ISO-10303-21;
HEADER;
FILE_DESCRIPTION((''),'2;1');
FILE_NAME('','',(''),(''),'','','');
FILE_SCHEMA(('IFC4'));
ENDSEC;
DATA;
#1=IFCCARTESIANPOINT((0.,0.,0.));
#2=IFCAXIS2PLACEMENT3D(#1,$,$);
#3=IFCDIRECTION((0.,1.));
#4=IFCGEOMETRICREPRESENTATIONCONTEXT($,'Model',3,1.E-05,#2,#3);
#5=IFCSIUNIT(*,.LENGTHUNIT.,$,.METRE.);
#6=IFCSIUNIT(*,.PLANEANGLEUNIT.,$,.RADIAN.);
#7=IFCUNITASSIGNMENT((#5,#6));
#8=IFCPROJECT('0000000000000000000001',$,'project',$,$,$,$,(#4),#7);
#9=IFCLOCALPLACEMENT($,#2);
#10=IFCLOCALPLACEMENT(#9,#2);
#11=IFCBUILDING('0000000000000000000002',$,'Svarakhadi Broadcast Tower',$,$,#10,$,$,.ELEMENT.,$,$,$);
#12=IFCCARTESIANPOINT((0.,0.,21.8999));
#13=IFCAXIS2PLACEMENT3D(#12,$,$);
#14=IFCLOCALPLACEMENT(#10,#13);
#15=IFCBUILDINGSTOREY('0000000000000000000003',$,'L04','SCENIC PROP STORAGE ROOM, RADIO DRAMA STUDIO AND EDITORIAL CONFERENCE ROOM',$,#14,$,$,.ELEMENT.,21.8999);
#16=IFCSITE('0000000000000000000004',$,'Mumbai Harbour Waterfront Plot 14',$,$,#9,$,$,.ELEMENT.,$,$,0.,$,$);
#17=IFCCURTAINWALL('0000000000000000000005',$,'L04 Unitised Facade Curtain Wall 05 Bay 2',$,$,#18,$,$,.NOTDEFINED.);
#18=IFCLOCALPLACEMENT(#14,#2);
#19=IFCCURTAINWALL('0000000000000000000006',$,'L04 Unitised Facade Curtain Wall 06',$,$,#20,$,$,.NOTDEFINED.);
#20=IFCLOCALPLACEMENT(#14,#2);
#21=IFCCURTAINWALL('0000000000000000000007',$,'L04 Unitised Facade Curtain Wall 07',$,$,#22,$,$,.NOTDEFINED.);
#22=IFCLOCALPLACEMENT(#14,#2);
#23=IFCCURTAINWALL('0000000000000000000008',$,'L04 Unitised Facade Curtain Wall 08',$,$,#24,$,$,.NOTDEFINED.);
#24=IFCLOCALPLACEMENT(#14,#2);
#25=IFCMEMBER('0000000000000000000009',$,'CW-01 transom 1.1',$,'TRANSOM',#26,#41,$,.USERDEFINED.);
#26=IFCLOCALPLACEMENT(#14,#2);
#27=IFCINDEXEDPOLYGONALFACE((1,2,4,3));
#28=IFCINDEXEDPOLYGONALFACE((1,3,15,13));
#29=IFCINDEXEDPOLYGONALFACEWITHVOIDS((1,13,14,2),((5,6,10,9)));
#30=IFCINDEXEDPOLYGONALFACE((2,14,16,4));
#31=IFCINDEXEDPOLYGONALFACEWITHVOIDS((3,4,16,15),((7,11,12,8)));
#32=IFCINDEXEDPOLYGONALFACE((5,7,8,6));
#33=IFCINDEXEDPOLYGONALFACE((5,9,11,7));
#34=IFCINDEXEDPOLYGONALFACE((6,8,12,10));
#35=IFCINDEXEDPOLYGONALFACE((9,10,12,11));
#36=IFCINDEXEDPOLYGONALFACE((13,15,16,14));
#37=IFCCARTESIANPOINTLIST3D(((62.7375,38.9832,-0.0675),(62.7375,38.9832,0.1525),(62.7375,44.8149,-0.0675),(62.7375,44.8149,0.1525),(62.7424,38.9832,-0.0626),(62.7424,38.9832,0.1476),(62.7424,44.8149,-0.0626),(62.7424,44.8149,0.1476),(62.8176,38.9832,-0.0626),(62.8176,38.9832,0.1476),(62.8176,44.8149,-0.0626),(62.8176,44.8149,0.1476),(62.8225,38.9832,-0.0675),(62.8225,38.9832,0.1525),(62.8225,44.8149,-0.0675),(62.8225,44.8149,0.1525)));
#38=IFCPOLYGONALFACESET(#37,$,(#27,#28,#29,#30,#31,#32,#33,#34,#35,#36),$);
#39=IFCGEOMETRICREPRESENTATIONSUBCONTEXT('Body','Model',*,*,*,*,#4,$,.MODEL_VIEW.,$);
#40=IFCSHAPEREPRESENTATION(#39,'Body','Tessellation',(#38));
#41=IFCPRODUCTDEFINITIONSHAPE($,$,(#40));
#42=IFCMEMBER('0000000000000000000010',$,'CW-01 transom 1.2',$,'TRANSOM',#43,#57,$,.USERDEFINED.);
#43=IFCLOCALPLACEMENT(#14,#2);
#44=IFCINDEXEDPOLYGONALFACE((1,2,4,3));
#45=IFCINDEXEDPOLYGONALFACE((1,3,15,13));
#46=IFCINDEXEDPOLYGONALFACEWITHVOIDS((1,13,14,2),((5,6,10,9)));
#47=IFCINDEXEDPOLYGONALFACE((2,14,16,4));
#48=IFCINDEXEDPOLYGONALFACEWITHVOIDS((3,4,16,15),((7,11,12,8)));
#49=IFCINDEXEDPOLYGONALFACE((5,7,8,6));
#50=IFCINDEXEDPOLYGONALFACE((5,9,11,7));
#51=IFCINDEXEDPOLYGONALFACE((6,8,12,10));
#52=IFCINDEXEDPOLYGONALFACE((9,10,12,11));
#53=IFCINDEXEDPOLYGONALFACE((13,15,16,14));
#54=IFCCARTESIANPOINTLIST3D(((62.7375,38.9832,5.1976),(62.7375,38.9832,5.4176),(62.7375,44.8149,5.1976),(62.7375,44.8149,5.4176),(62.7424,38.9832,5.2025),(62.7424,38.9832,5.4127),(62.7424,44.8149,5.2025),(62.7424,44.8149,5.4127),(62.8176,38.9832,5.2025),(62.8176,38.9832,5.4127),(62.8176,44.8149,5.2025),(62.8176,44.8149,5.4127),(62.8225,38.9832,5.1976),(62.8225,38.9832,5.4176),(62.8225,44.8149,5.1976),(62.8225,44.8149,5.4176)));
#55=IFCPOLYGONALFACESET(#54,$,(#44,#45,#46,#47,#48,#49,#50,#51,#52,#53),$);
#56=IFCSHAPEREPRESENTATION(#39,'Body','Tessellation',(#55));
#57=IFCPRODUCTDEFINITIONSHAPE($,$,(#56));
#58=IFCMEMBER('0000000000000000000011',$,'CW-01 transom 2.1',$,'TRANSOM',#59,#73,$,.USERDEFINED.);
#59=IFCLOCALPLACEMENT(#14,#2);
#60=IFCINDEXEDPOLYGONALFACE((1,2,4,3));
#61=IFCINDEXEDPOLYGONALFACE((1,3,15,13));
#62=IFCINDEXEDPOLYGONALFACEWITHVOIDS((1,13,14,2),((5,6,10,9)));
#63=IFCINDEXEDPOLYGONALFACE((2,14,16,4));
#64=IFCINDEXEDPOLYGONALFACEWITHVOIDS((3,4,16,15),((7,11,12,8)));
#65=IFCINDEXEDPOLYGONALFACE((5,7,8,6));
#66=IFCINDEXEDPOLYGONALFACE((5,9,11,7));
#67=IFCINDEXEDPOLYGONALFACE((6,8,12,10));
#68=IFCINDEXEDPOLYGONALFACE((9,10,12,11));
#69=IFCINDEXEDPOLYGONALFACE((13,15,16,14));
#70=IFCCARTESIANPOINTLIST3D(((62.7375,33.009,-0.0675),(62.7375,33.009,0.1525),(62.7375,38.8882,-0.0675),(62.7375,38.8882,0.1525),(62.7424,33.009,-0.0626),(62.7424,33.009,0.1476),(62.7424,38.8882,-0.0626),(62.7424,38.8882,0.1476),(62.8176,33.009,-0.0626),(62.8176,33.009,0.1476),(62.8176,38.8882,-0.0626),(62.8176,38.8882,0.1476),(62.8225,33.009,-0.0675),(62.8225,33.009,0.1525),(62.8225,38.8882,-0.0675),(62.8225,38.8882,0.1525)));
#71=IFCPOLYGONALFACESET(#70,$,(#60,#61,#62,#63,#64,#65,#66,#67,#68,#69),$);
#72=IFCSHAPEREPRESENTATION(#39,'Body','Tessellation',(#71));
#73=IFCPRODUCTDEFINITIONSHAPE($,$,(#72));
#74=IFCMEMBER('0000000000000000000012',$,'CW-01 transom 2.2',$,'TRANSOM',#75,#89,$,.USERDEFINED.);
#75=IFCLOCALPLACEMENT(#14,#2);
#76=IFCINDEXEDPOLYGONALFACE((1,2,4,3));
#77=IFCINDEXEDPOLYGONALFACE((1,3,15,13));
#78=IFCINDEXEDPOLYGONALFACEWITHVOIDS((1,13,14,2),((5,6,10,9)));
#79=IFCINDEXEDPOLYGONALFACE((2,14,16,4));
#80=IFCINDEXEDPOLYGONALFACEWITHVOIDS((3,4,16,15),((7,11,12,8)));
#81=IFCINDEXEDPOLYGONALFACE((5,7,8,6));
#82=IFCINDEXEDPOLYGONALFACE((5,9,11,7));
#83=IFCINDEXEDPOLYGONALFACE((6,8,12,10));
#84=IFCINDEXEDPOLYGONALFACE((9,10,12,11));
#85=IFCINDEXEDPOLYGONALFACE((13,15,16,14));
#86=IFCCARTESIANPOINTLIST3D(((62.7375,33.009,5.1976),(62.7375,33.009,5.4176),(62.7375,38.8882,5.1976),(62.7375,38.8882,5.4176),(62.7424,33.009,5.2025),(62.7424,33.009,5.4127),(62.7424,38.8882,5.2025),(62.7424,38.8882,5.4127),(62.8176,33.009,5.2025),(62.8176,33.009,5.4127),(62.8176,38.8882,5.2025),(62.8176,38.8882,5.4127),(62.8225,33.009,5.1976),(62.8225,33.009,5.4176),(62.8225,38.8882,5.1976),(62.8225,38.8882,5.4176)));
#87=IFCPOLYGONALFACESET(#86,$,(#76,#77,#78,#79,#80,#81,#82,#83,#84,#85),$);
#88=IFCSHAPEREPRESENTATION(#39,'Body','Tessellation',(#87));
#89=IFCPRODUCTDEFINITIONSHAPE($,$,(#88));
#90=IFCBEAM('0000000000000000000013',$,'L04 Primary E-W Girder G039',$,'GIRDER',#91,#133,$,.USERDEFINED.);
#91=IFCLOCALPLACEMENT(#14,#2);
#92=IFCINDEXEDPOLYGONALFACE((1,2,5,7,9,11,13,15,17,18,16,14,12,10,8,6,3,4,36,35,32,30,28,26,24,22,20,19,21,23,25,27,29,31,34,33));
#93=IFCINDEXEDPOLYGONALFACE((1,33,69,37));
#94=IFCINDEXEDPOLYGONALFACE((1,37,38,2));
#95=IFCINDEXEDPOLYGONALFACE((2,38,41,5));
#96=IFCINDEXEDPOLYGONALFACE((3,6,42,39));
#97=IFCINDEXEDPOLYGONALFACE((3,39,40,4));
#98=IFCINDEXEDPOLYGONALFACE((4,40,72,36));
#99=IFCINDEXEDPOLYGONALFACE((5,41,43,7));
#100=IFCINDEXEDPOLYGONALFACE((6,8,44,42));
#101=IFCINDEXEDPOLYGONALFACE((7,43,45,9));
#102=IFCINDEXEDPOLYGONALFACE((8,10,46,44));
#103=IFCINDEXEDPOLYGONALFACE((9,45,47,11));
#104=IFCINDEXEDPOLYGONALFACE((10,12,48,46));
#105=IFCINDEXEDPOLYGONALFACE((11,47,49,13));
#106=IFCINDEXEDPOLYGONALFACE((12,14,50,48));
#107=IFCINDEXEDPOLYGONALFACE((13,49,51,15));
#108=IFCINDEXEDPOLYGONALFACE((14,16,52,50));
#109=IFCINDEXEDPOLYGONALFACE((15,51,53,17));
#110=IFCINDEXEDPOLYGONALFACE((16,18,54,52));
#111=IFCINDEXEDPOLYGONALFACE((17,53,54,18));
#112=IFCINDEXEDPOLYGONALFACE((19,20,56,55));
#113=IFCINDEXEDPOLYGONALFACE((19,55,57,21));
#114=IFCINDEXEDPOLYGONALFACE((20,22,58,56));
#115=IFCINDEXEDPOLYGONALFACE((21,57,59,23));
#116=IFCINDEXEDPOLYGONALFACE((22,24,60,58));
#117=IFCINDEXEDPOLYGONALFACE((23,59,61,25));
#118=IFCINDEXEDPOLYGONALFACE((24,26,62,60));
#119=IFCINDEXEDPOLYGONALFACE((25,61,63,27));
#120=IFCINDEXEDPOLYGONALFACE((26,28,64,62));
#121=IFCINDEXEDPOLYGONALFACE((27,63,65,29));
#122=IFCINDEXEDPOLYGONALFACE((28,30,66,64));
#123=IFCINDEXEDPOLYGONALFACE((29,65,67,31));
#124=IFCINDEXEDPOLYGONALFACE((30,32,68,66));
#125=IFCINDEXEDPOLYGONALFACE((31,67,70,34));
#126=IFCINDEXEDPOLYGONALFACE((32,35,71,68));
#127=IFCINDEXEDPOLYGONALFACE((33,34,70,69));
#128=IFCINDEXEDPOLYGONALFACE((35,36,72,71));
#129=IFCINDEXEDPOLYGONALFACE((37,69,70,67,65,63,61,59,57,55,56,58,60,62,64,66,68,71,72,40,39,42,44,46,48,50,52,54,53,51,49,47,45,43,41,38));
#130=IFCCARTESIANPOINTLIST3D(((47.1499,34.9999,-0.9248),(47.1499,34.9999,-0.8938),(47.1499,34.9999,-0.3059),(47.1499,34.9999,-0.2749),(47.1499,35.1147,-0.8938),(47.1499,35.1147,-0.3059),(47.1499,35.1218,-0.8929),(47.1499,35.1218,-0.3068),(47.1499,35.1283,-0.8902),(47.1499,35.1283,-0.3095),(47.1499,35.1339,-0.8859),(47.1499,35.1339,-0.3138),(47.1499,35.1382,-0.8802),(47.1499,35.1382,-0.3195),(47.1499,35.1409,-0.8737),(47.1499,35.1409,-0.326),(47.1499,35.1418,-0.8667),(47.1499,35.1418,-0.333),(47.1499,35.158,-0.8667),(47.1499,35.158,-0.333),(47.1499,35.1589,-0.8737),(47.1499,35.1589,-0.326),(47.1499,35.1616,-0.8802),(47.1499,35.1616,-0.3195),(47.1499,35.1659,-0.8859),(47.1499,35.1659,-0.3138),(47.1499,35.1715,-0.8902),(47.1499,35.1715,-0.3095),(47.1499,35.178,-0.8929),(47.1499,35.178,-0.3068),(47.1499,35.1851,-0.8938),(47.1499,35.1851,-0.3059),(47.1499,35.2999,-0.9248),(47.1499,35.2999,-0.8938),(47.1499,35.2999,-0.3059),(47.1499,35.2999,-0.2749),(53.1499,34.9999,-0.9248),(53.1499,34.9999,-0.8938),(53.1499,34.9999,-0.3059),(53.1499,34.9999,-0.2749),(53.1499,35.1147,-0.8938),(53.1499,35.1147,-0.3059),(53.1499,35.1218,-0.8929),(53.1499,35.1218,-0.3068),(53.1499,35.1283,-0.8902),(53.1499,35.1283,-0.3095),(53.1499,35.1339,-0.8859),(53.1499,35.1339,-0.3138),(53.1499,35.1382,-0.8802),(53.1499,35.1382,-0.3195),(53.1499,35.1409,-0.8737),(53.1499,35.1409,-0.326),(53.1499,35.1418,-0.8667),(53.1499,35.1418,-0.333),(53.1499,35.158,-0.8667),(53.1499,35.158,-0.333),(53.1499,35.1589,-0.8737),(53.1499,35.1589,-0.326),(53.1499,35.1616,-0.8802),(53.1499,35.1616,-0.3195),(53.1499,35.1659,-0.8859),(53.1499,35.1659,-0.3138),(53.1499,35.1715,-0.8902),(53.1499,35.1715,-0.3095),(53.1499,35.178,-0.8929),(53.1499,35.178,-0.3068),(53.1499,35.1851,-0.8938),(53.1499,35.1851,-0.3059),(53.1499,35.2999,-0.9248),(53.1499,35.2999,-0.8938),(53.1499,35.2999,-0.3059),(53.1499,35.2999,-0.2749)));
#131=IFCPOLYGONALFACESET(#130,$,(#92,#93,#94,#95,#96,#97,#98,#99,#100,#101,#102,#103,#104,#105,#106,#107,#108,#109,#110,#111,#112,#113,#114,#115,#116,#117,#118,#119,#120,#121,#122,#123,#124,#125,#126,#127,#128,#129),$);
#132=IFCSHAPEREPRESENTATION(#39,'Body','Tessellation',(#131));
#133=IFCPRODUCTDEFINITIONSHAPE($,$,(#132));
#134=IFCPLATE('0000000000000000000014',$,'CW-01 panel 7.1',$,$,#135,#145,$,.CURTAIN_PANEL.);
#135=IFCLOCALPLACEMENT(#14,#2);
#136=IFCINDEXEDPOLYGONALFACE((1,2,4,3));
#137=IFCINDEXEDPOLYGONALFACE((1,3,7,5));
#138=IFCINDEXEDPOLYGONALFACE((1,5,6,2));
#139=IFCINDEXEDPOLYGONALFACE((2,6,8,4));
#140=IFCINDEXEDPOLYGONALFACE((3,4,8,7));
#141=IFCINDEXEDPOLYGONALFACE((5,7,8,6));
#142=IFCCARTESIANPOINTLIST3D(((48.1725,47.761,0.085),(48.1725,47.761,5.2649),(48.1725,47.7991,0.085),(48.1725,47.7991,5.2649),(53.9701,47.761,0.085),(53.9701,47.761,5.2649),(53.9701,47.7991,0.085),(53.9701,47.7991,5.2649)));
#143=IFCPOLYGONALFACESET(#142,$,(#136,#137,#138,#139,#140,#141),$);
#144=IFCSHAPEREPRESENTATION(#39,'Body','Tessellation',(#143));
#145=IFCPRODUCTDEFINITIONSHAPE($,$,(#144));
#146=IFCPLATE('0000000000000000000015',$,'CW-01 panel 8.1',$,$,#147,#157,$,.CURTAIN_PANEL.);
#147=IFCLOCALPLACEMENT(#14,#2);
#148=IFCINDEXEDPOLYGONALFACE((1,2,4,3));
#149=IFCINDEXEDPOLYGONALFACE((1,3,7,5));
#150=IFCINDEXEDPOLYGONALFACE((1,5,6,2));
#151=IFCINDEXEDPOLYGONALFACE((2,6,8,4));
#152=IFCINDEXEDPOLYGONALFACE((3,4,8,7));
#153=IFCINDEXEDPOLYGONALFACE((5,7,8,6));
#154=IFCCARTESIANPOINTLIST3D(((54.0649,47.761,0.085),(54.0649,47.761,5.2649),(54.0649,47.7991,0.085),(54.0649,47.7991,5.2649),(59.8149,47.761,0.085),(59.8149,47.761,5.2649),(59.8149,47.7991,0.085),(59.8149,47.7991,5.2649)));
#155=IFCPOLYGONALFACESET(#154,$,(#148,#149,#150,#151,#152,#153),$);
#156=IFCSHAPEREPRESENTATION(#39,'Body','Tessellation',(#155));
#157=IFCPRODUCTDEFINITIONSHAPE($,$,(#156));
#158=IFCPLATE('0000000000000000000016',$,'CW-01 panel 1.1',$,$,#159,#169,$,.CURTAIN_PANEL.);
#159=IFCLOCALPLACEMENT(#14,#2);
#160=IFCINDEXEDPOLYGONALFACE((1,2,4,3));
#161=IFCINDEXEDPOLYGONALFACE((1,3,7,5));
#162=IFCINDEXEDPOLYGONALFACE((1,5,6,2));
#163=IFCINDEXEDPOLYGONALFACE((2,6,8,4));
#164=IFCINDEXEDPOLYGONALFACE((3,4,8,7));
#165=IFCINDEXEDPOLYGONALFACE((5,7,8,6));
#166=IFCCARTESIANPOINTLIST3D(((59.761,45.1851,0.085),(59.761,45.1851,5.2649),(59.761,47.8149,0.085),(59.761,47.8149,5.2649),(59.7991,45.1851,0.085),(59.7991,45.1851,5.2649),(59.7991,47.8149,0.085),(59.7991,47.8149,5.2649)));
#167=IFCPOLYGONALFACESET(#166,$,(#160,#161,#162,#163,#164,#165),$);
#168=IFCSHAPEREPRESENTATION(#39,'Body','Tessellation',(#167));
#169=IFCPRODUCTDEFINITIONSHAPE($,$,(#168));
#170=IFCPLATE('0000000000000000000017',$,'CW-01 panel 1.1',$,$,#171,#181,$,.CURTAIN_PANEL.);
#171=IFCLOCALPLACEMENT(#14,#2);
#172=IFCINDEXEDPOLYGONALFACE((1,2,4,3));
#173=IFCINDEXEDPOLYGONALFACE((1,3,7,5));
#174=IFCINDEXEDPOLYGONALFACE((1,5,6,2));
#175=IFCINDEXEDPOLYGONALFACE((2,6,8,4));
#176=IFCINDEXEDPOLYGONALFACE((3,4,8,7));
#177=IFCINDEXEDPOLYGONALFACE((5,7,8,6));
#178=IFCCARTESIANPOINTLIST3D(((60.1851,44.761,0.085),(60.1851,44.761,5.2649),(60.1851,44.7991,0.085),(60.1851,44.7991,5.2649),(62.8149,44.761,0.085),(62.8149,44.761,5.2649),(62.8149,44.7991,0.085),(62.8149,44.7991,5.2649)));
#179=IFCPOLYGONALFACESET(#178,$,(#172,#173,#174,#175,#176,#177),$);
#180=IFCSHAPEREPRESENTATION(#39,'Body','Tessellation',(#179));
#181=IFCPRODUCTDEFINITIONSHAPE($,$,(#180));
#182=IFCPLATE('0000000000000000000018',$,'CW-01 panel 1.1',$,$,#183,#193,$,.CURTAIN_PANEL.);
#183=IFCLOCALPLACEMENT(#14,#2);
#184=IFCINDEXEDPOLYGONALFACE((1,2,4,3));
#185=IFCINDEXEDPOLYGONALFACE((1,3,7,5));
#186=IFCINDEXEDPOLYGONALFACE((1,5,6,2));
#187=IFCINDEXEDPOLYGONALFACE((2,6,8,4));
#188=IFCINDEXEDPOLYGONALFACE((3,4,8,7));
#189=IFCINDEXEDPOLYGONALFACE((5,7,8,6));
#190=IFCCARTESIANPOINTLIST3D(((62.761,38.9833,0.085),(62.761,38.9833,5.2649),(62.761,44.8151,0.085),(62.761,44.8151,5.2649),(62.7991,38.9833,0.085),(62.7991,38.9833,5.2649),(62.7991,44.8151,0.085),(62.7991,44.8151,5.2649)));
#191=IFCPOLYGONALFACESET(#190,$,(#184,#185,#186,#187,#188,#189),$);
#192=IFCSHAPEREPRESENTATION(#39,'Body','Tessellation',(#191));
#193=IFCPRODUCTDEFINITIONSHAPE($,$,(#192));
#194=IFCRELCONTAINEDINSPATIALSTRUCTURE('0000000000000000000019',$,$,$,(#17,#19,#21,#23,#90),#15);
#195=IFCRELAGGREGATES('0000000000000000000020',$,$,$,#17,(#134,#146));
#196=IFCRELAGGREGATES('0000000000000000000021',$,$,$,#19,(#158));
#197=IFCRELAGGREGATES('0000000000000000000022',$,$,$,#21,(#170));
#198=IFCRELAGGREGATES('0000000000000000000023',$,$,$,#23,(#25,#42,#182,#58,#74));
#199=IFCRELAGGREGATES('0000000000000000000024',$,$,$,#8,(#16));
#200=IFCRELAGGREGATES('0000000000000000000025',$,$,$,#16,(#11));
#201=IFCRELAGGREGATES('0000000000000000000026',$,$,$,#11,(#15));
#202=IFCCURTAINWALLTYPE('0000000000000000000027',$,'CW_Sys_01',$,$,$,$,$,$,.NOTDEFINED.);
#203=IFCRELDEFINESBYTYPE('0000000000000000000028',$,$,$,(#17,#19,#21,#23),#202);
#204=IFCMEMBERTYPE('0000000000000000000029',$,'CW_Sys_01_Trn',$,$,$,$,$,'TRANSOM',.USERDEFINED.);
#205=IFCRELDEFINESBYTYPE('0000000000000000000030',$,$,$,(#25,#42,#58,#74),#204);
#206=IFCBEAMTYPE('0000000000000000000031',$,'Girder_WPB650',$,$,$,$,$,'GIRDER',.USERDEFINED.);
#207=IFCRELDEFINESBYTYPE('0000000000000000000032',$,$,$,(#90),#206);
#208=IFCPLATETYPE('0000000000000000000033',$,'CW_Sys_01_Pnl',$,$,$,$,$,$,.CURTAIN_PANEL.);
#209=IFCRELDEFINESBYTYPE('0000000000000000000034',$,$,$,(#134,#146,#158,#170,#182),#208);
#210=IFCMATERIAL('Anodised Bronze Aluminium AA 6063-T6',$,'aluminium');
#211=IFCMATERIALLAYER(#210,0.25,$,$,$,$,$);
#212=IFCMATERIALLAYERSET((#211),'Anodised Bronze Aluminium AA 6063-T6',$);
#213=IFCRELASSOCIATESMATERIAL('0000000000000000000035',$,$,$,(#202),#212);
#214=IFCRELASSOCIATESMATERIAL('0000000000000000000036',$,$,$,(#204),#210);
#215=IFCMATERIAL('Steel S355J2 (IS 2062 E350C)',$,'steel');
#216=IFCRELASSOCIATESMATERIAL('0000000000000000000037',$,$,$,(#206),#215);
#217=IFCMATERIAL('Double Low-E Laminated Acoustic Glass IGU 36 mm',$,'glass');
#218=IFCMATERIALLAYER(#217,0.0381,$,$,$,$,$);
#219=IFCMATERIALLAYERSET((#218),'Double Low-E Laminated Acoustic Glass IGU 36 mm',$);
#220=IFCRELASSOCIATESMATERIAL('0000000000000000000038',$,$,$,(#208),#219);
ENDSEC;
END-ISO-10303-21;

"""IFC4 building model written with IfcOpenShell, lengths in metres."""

from ifc_helpers import new_model, si_unit, direction, frame, origin, origin_2d, place, context, subcontext, project, spatial, rectangle, hollow_rectangle, i_section, extrude, material, layer, layer_set, material_profile, profile_set, type_object, element, aggregate, save


model = new_model("IFC4")

# Units and contexts
model_context = context("Model", 3, precision=1e-05, world=origin(), true_north=direction((0.0, 1.0)))
body_context = subcontext(model_context, "Body", "Model", "MODEL_VIEW")
ifc_project = project(units=[si_unit("LENGTHUNIT", "METRE"), si_unit("PLANEANGLEUNIT", "RADIAN")], contexts=[model_context])

# Site, building, storey
site_placement = place(None, origin())
site = spatial("IfcSite", under=ifc_project, at=site_placement, Name="Mumbai Harbour Waterfront Plot 14", CompositionType="ELEMENT", RefElevation=0.0)
building_placement = place(site_placement, origin())
building = spatial("IfcBuilding", under=site, at=building_placement, Name="Svarakhadi Broadcast Tower", CompositionType="ELEMENT")
storey_placement = place(building_placement, frame((0.0, 0.0, 21.8999)))
storey = spatial("IfcBuildingStorey", under=building, at=storey_placement, Name="L04", Description="SCENIC PROP STORAGE ROOM, RADIO DRAMA STUDIO AND EDITORIAL CONFERENCE ROOM", CompositionType="ELEMENT", Elevation=21.8999)

# Curtain walls
ifc_material_1 = material(Name="Anodised Bronze Aluminium AA 6063-T6", Category="aluminium")
ifc_layer_1 = layer(ifc_material_1, 0.25)
ifc_layer_set_1 = layer_set([ifc_layer_1], Name="Anodised Bronze Aluminium AA 6063-T6")
curtain_wall_type = type_object("IfcCurtainWallType", Name="CW_Sys_01", PredefinedType="NOTDEFINED", material=ifc_layer_set_1)
curtain_wall_1_placement = place(storey_placement, origin())
curtain_wall_1 = element("IfcCurtainWall", 1, at=curtain_wall_1_placement, inside=storey, type_object=curtain_wall_type, Name="L04 Unitised Facade Curtain Wall 05 Bay 2", PredefinedType="NOTDEFINED")
curtain_wall_2_placement = place(storey_placement, origin())
curtain_wall_2 = element("IfcCurtainWall", 2, at=curtain_wall_2_placement, inside=storey, type_object=curtain_wall_type, Name="L04 Unitised Facade Curtain Wall 06", PredefinedType="NOTDEFINED")
curtain_wall_3_placement = place(storey_placement, origin())
curtain_wall_3 = element("IfcCurtainWall", 3, at=curtain_wall_3_placement, inside=storey, type_object=curtain_wall_type, Name="L04 Unitised Facade Curtain Wall 07", PredefinedType="NOTDEFINED")
curtain_wall_4_placement = place(storey_placement, origin())
curtain_wall_4 = element("IfcCurtainWall", 4, at=curtain_wall_4_placement, inside=storey, type_object=curtain_wall_type, Name="L04 Unitised Facade Curtain Wall 08", PredefinedType="NOTDEFINED")

# Members
ifc_material_profile_1 = material_profile(ifc_material_1, hollow_rectangle(XDim=0.085, YDim=0.22, WallThickness=0.0049, at=origin_2d()), Name="ALU TRANSOM 220x85x5")
ifc_profile_set_1 = profile_set([ifc_material_profile_1], Name="Anodised Bronze Aluminium AA 6063-T6")
member_type_1 = type_object("IfcMemberType", Name="CW_Sys_01_Trn", ElementType="TRANSOM", PredefinedType="USERDEFINED", material=ifc_profile_set_1)
member_1_placement = place(storey_placement, frame((62.78, 44.8149, 0.0425), z_axis=(0.0, -1.0, 0.0), x_axis=(1.0, 0.0, 0.0)))
member_1 = element("IfcMember", 5, at=member_1_placement, type_object=member_type_1, Name="CW-01 transom 1.1", ObjectType="TRANSOM", PredefinedType="USERDEFINED", context=body_context, shape_type="SweptSolid", body=[
    extrude(hollow_rectangle(XDim=0.085, YDim=0.22, WallThickness=0.0049, at=origin_2d()), origin(), (0.0, 0.0, 1.0), 5.8318),
])
member_2_placement = place(storey_placement, frame((62.78, 44.8149, 5.3076), z_axis=(0.0, -1.0, 0.0), x_axis=(1.0, 0.0, 0.0)))
member_2 = element("IfcMember", 6, at=member_2_placement, type_object=member_type_1, Name="CW-01 transom 1.2", ObjectType="TRANSOM", PredefinedType="USERDEFINED", context=body_context, shape_type="SweptSolid", body=[
    extrude(hollow_rectangle(XDim=0.085, YDim=0.22, WallThickness=0.0049, at=origin_2d()), origin(), (0.0, 0.0, 1.0), 5.8318),
])
member_3_placement = place(storey_placement, frame((62.78, 38.8882, 0.0425), z_axis=(0.0, -1.0, 0.0), x_axis=(1.0, 0.0, 0.0)))
member_3 = element("IfcMember", 7, at=member_3_placement, type_object=member_type_1, Name="CW-01 transom 2.1", ObjectType="TRANSOM", PredefinedType="USERDEFINED", context=body_context, shape_type="SweptSolid", body=[
    extrude(hollow_rectangle(XDim=0.085, YDim=0.22, WallThickness=0.0049, at=origin_2d()), origin(), (0.0, 0.0, 1.0), 5.8792),
])
member_4_placement = place(storey_placement, frame((62.78, 38.8882, 5.3076), z_axis=(0.0, -1.0, 0.0), x_axis=(1.0, 0.0, 0.0)))
member_4 = element("IfcMember", 8, at=member_4_placement, type_object=member_type_1, Name="CW-01 transom 2.2", ObjectType="TRANSOM", PredefinedType="USERDEFINED", context=body_context, shape_type="SweptSolid", body=[
    extrude(hollow_rectangle(XDim=0.085, YDim=0.22, WallThickness=0.0049, at=origin_2d()), origin(), (0.0, 0.0, 1.0), 5.8792),
])

# Beam
ifc_material_2 = material(Name="Steel S355J2 (IS 2062 E350C)", Category="steel")
ifc_material_profile_2 = material_profile(ifc_material_2, i_section(OverallWidth=0.3, OverallDepth=0.6499, WebThickness=0.0161, FlangeThickness=0.031, FilletRadius=0.0271, at=origin_2d()), Name="WPB 650x300x225")
ifc_profile_set_2 = profile_set([ifc_material_profile_2], Name="Steel S355J2 (IS 2062 E350C)")
beam_type = type_object("IfcBeamType", Name="Girder_WPB650", ElementType="GIRDER", PredefinedType="USERDEFINED", material=ifc_profile_set_2)
beam_placement = place(storey_placement, frame((47.1499, 35.1499, -0.5999), z_axis=(1.0, 0.0, 0.0), x_axis=(0.0, 1.0, 0.0)))
element("IfcBeam", 9, at=beam_placement, inside=storey, type_object=beam_type, Name="L04 Primary E-W Girder G039", ObjectType="GIRDER", PredefinedType="USERDEFINED", context=body_context, shape_type="SweptSolid", body=[
    extrude(i_section(OverallWidth=0.3, OverallDepth=0.6499, WebThickness=0.0161, FlangeThickness=0.031, FilletRadius=0.0271, at=origin_2d()), origin(), (0.0, 0.0, 1.0), 6.0),
])

# Plates
ifc_material_3 = material(Name="Double Low-E Laminated Acoustic Glass IGU 36 mm", Category="glass")
ifc_layer_2 = layer(ifc_material_3, 0.0381)
ifc_layer_set_2 = layer_set([ifc_layer_2], Name="Double Low-E Laminated Acoustic Glass IGU 36 mm")
plate_type = type_object("IfcPlateType", Name="CW_Sys_01_Pnl", PredefinedType="CURTAIN_PANEL", material=ifc_layer_set_2)
plate_1_placement = place(storey_placement, frame((51.0713, 47.78, 0.085), z_axis=(0.0, 0.0, 1.0), x_axis=(1.0, 0.0, 0.0)))
plate_1 = element("IfcPlate", 10, at=plate_1_placement, type_object=plate_type, Name="CW-01 panel 7.1", PredefinedType="CURTAIN_PANEL", context=body_context, shape_type="SweptSolid", body=[
    extrude(rectangle(XDim=5.7976, YDim=0.0381, at=origin_2d()), origin(), (0.0, 0.0, 1.0), 5.1799),
])
plate_2_placement = place(storey_placement, frame((56.9399, 47.78, 0.085), z_axis=(0.0, 0.0, 1.0), x_axis=(1.0, 0.0, 0.0)))
plate_2 = element("IfcPlate", 11, at=plate_2_placement, type_object=plate_type, Name="CW-01 panel 8.1", PredefinedType="CURTAIN_PANEL", context=body_context, shape_type="SweptSolid", body=[
    extrude(rectangle(XDim=5.75, YDim=0.0381, at=origin_2d()), origin(), (0.0, 0.0, 1.0), 5.1799),
])
aggregate(curtain_wall_1, [plate_1, plate_2])
plate_3_placement = place(storey_placement, frame((59.78, 46.5, 0.085), z_axis=(0.0, 0.0, 1.0), x_axis=(0.0, -1.0, 0.0)))
plate_3 = element("IfcPlate", 12, at=plate_3_placement, type_object=plate_type, Name="CW-01 panel 1.1", PredefinedType="CURTAIN_PANEL", context=body_context, shape_type="SweptSolid", body=[
    extrude(rectangle(XDim=2.6299, YDim=0.0381, at=origin_2d()), origin(), (0.0, 0.0, 1.0), 5.1799),
])
aggregate(curtain_wall_2, [plate_3])
plate_4_placement = place(storey_placement, frame((61.5, 44.78, 0.085), z_axis=(0.0, 0.0, 1.0), x_axis=(1.0, 0.0, 0.0)))
plate_4 = element("IfcPlate", 13, at=plate_4_placement, type_object=plate_type, Name="CW-01 panel 1.1", PredefinedType="CURTAIN_PANEL", context=body_context, shape_type="SweptSolid", body=[
    extrude(rectangle(XDim=2.6299, YDim=0.0381, at=origin_2d()), origin(), (0.0, 0.0, 1.0), 5.1799),
])
aggregate(curtain_wall_3, [plate_4])
plate_5_placement = place(storey_placement, frame((62.78, 41.8992, 0.085), z_axis=(0.0, 0.0, 1.0), x_axis=(0.0, -1.0, 0.0)))
plate_5 = element("IfcPlate", 14, at=plate_5_placement, type_object=plate_type, Name="CW-01 panel 1.1", PredefinedType="CURTAIN_PANEL", context=body_context, shape_type="SweptSolid", body=[
    extrude(rectangle(XDim=5.8318, YDim=0.0381, at=origin_2d()), origin(), (0.0, 0.0, 1.0), 5.1799),
])
aggregate(curtain_wall_4, [member_1, member_2, plate_5, member_3, member_4])

save(model, "model.ifc")
